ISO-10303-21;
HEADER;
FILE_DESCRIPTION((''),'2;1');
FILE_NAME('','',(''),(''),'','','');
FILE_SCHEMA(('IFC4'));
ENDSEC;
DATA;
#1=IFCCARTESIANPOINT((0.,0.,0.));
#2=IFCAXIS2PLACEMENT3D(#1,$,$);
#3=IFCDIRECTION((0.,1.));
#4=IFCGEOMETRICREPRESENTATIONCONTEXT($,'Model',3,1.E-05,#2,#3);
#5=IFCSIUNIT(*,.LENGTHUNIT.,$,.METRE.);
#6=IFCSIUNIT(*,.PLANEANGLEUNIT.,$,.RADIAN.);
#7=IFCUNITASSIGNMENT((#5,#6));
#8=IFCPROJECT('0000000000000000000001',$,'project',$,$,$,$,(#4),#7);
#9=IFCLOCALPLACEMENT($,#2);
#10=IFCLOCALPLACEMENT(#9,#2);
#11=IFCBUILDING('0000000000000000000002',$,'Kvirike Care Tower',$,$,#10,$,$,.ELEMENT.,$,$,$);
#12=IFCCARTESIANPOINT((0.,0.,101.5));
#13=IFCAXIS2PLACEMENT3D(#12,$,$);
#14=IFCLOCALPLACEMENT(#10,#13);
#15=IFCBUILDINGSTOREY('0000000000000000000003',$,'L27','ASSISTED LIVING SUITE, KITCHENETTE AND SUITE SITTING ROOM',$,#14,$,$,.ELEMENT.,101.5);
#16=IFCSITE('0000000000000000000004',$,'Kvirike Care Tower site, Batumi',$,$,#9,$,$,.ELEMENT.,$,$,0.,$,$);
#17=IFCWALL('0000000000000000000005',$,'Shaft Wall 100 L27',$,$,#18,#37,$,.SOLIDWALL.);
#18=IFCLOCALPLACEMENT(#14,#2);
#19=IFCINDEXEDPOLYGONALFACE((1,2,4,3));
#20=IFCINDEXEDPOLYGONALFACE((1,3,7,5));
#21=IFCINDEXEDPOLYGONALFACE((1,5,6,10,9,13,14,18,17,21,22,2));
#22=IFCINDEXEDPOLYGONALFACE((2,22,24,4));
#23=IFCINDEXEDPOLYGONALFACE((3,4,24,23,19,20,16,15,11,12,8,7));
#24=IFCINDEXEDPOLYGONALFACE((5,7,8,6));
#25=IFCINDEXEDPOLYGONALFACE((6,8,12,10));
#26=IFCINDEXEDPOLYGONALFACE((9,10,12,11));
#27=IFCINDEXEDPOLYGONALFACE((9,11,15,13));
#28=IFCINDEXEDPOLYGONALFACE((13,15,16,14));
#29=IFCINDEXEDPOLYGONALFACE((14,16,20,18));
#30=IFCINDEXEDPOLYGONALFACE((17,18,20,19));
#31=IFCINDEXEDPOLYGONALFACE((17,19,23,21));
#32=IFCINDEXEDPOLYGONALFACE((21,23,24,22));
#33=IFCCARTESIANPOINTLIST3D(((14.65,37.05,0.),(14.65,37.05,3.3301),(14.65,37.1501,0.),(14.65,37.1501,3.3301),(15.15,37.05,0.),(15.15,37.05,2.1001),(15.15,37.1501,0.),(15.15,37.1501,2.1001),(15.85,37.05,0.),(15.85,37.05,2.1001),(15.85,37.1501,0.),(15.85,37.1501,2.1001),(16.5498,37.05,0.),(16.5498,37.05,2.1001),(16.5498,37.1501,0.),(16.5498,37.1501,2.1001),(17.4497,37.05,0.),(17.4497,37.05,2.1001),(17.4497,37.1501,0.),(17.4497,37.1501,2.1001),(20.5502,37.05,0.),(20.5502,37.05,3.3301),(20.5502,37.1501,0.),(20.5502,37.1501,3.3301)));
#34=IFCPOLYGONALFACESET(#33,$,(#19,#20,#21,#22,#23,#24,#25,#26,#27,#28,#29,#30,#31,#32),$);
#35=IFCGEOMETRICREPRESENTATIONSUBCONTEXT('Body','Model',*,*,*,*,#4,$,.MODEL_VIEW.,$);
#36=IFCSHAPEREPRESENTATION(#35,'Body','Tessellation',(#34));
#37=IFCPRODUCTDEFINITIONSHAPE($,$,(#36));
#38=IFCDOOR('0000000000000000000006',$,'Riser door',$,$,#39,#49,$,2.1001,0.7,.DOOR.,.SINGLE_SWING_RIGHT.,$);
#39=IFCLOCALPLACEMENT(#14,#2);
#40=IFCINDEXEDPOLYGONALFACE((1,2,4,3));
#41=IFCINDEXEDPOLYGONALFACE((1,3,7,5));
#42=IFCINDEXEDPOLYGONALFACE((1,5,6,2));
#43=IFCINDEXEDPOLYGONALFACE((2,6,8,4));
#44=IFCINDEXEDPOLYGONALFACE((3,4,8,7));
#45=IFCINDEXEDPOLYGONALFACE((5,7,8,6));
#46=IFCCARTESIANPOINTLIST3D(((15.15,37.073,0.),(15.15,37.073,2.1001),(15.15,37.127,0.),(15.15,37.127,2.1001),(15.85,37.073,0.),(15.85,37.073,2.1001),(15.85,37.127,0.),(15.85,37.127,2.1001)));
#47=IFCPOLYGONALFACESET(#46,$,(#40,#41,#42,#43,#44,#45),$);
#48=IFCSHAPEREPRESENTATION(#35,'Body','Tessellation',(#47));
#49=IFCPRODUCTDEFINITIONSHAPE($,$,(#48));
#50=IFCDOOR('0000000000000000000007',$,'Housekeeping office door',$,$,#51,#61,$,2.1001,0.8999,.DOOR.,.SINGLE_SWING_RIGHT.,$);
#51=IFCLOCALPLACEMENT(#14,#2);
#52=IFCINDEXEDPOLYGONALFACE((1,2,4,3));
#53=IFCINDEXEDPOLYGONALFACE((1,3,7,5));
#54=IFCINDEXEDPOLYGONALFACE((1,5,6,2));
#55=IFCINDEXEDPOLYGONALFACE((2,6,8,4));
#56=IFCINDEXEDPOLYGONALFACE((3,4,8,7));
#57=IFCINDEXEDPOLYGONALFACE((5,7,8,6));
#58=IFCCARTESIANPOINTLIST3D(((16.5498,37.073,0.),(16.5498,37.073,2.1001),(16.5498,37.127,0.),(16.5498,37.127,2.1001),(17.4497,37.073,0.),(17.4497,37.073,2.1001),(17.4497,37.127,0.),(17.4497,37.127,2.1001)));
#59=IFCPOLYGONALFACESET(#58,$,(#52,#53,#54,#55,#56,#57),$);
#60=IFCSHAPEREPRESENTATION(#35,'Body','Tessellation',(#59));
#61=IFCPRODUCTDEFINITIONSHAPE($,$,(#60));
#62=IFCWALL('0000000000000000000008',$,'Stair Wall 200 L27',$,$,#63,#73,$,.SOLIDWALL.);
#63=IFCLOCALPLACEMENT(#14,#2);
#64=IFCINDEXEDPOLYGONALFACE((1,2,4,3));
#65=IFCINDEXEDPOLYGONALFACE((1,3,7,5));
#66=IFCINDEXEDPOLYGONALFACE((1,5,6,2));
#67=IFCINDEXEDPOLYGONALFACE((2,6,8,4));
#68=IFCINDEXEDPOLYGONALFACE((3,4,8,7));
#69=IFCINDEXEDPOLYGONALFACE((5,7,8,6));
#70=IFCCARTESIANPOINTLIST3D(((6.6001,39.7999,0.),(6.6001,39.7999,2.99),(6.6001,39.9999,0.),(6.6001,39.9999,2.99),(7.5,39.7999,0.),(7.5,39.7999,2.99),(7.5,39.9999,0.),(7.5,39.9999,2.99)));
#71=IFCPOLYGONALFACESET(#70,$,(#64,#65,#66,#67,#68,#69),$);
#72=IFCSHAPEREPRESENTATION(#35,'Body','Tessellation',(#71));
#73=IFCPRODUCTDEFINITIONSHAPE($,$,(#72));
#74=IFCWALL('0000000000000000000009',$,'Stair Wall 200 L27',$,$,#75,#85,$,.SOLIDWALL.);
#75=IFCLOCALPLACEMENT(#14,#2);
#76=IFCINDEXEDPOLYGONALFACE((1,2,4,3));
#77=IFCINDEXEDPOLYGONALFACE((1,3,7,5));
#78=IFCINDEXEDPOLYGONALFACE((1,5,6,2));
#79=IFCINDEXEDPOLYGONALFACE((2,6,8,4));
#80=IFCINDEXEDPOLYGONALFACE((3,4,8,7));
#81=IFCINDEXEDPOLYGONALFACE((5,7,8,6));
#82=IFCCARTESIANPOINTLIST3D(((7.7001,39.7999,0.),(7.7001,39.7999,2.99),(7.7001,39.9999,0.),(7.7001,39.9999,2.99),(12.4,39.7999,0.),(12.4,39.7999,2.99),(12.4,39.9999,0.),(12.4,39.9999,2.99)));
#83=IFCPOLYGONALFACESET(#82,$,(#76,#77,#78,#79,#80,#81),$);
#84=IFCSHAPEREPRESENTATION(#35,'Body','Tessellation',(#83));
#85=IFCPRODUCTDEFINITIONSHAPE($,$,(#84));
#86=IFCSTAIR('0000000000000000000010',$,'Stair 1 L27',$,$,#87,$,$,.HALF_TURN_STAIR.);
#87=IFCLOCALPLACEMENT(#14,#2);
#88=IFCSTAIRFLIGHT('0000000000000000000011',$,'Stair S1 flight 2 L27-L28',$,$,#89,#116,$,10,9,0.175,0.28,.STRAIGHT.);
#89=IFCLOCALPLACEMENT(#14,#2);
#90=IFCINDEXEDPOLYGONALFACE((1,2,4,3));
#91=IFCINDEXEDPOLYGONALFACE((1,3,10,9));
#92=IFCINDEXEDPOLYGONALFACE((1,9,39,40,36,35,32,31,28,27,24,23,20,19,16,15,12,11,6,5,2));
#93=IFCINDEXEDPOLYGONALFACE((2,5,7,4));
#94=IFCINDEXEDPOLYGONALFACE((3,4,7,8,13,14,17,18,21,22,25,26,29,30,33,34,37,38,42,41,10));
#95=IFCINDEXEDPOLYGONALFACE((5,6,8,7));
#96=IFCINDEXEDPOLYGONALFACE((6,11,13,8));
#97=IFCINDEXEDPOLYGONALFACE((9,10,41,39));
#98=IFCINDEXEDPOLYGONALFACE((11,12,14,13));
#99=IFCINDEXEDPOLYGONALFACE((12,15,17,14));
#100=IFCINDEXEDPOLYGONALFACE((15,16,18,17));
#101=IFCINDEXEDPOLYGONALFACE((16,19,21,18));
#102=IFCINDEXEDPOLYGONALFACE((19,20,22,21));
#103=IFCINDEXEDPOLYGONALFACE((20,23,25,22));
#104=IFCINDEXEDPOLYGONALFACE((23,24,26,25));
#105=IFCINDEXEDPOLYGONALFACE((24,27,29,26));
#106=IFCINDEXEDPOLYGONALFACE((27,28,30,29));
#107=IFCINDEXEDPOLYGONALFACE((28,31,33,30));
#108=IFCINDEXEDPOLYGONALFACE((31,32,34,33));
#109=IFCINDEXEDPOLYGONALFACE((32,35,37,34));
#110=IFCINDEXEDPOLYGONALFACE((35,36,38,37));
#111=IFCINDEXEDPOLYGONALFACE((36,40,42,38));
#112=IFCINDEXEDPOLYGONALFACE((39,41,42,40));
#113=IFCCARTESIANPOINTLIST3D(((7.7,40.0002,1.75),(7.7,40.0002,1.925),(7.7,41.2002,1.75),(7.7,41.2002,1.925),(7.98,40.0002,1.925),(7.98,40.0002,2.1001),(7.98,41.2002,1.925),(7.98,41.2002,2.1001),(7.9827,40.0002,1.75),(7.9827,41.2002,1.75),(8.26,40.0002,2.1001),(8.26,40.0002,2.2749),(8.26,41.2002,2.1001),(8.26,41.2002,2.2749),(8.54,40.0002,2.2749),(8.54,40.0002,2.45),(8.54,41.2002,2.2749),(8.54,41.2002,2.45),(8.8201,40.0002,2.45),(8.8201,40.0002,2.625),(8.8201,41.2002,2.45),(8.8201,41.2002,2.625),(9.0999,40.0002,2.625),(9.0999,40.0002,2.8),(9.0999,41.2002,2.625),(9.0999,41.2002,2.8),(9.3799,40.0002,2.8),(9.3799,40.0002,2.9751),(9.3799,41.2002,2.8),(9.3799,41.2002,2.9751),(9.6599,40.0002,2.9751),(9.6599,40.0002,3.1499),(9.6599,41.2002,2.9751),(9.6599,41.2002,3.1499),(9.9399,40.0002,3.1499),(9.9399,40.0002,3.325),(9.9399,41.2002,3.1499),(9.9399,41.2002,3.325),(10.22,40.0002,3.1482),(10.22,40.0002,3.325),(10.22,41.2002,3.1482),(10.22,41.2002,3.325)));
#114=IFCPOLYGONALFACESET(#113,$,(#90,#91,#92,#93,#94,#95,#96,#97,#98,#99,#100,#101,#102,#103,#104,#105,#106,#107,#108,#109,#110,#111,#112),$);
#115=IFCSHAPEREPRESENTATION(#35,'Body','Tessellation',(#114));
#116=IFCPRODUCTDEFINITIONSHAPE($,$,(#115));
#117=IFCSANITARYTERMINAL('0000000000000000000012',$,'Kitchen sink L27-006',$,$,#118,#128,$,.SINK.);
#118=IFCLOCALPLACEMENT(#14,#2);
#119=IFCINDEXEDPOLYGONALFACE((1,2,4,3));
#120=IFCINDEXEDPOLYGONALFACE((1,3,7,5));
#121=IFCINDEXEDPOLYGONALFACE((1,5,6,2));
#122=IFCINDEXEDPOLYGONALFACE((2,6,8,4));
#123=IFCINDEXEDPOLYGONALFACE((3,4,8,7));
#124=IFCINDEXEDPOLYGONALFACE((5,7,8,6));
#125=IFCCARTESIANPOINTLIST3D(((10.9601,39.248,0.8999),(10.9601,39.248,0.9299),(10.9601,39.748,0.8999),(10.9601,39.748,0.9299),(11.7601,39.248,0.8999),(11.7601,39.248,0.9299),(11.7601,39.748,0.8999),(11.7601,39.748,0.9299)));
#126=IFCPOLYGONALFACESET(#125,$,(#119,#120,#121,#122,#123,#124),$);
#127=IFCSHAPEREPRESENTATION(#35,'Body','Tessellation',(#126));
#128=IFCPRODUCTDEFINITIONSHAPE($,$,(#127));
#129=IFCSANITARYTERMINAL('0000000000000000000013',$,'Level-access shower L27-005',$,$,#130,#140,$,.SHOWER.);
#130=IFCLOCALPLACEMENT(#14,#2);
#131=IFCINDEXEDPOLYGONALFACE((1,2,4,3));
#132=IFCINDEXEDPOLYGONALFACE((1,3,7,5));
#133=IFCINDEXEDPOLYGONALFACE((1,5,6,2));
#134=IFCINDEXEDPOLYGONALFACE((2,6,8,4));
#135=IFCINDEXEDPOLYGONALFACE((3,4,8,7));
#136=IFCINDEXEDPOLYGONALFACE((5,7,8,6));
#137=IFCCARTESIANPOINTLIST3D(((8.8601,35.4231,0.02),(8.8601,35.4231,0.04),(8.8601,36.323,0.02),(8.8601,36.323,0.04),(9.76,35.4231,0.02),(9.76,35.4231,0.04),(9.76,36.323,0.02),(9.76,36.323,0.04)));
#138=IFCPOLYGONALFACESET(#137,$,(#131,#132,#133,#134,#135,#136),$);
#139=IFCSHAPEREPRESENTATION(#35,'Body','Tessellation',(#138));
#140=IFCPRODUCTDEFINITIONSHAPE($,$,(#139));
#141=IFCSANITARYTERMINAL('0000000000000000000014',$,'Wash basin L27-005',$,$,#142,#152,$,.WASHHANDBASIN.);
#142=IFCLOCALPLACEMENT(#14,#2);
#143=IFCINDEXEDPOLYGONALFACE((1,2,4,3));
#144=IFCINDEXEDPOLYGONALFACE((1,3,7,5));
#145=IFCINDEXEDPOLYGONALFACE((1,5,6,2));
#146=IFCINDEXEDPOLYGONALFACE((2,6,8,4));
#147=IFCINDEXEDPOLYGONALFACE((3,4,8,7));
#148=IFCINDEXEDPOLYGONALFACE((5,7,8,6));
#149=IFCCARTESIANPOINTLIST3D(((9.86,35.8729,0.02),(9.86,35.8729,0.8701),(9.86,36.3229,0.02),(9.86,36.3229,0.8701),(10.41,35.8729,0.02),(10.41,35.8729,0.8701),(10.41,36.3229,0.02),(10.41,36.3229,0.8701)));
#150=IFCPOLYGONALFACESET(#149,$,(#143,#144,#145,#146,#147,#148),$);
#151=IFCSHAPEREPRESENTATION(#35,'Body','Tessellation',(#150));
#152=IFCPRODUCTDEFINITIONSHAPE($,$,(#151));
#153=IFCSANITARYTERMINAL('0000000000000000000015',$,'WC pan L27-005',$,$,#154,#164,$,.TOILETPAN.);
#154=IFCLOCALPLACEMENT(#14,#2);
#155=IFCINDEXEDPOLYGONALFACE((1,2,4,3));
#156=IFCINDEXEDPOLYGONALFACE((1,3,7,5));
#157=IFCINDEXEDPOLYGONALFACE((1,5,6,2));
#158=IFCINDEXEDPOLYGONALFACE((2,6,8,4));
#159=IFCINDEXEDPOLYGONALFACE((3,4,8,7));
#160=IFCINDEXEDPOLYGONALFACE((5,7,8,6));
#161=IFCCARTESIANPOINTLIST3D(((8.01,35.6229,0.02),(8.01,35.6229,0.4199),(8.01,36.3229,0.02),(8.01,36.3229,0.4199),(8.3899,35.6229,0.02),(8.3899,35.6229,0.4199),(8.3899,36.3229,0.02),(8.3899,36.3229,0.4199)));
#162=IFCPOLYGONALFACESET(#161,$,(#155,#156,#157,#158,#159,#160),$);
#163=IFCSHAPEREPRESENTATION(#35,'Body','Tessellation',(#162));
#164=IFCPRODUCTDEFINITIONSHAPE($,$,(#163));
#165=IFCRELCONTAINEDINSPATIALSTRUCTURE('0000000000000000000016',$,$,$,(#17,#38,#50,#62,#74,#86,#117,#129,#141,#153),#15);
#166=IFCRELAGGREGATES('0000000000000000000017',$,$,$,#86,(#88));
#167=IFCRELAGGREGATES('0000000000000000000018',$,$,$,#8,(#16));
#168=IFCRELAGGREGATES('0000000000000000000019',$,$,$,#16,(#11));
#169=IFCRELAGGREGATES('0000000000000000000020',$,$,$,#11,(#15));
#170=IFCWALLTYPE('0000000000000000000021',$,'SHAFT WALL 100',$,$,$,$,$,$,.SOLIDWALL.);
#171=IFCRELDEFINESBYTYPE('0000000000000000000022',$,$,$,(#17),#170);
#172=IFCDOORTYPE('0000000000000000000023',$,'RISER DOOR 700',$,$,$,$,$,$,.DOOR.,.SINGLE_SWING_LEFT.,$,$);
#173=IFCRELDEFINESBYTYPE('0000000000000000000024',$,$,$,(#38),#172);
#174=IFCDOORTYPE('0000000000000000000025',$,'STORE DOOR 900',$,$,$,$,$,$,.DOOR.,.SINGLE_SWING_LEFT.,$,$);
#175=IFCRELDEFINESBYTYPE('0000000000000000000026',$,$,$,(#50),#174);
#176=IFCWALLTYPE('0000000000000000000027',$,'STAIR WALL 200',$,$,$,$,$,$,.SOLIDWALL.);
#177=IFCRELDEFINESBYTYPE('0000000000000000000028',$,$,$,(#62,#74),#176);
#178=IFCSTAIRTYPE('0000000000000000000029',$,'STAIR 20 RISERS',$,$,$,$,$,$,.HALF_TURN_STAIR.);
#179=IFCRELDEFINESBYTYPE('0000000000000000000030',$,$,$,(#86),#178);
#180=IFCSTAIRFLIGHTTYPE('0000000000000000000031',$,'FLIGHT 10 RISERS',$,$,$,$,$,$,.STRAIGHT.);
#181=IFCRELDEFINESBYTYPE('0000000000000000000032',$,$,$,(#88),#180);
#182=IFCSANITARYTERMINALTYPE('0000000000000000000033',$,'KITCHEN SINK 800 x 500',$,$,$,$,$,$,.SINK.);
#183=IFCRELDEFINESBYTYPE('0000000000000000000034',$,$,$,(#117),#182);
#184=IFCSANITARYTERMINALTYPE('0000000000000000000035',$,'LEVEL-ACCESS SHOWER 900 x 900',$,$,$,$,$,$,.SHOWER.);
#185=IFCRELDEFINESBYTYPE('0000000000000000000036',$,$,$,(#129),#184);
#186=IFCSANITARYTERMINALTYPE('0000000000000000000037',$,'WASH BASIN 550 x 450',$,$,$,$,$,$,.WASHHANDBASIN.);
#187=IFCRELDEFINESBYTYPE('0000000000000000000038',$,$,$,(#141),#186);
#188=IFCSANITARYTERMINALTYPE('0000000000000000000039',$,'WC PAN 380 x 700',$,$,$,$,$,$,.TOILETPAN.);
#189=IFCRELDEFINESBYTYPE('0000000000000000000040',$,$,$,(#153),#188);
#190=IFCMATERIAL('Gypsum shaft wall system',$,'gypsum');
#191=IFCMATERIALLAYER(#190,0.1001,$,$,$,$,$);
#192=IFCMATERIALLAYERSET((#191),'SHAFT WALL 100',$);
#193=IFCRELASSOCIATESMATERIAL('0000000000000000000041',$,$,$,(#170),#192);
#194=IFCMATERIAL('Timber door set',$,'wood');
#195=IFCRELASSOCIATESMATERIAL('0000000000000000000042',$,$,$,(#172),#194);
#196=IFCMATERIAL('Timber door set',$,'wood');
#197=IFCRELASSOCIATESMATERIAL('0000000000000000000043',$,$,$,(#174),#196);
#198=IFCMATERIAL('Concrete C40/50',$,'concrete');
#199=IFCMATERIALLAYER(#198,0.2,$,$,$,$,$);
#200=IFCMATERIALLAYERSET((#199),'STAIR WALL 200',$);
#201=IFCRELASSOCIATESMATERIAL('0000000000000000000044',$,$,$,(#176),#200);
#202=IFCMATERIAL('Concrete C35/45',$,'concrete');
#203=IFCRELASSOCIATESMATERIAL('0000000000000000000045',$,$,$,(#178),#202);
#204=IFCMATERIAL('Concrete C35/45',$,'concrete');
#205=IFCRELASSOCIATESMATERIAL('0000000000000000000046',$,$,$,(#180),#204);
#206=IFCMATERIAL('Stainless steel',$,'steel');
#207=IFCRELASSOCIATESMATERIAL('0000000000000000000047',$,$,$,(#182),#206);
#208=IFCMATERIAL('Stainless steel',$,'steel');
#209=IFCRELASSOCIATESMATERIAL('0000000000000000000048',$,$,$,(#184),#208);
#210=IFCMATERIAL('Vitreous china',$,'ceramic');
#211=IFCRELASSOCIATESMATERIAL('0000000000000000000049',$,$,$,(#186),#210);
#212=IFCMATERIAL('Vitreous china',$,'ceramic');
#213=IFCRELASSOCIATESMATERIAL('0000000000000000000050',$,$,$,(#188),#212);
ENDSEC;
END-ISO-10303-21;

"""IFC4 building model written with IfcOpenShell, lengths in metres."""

from ifc_helpers import new_model, si_unit, direction, frame, frame_2d, origin, origin_2d, place, context, subcontext, project, spatial, polyline, rectangle, outline, extrude, material, layer, layer_set, type_object, element, fill, aggregate, save


model = new_model("IFC4")

# Units and contexts
model_context = context("Model", 3, precision=1e-05, world=origin(), true_north=direction((0.0, 1.0)))
body_context = subcontext(model_context, "Body", "Model", "MODEL_VIEW")
ifc_project = project(units=[si_unit("LENGTHUNIT", "METRE"), si_unit("PLANEANGLEUNIT", "RADIAN")], contexts=[model_context])

# Site, building, storey
site_placement = place(None, origin())
site = spatial("IfcSite", under=ifc_project, at=site_placement, Name="Kvirike Care Tower site, Batumi", CompositionType="ELEMENT", RefElevation=0.0)
building_placement = place(site_placement, origin())
building = spatial("IfcBuilding", under=site, at=building_placement, Name="Kvirike Care Tower", CompositionType="ELEMENT")
storey_placement = place(building_placement, frame((0.0, 0.0, 101.5)))
storey = spatial("IfcBuildingStorey", under=building, at=storey_placement, Name="L27", Description="ASSISTED LIVING SUITE, KITCHENETTE AND SUITE SITTING ROOM", CompositionType="ELEMENT", Elevation=101.5)

# Shared definitions
ifc_material_1 = material(Name="Gypsum shaft wall system", Category="gypsum")
ifc_layer_1 = layer(ifc_material_1, 0.1001)
ifc_layer_set_1 = layer_set([ifc_layer_1], Name="SHAFT WALL 100")
wall_type_1 = type_object("IfcWallType", Name="SHAFT WALL 100", PredefinedType="SOLIDWALL", material=ifc_layer_set_1)
ifc_material_2 = material(Name="Timber door set", Category="wood")
door_type_1 = type_object("IfcDoorType", Name="RISER DOOR 700", OperationType="SINGLE_SWING_LEFT", PredefinedType="DOOR", material=ifc_material_2)

# Wall, openings, doors
wall_1_placement = place(storey_placement, frame((14.6499, 37.1001, 0.0), z_axis=(0.0, 0.0, 1.0), x_axis=(1.0, 0.0, 0.0)))
wall_1 = element("IfcWall", 1, at=wall_1_placement, inside=storey, type_object=wall_type_1, Name="Shaft Wall 100 L27", PredefinedType="SOLIDWALL", context=body_context, shape_type="SweptSolid", body=[
    extrude(rectangle(XDim=5.9001, YDim=0.1001, at=frame_2d((2.9502, 0.0))), origin(), (0.0, 0.0, 1.0), 3.3301),
])
opening_1_placement = place(wall_1_placement, frame((0.5, 0.0, 0.0)))
opening_1 = element("IfcOpeningElement", 2, at=opening_1_placement, cuts=wall_1, PredefinedType="OPENING", context=body_context, shape_type="SweptSolid", body=[
    extrude(rectangle(XDim=0.7, YDim=2.1001, at=frame_2d((0.3501, 1.05))), frame((0.0, 0.0605, 0.0), z_axis=(0.0, -1.0, 0.0), x_axis=(1.0, 0.0, 0.0)), (0.0, 0.0, 1.0), 0.1211),
])
opening_2_placement = place(wall_1_placement, frame((1.8999, 0.0, 0.0)))
opening_2 = element("IfcOpeningElement", 3, at=opening_2_placement, cuts=wall_1, PredefinedType="OPENING", context=body_context, shape_type="SweptSolid", body=[
    extrude(rectangle(XDim=0.8999, YDim=2.1001, at=frame_2d((0.45, 1.05))), frame((0.0, 0.0605, 0.0), z_axis=(0.0, -1.0, 0.0), x_axis=(1.0, 0.0, 0.0)), (0.0, 0.0, 1.0), 0.1211),
])
door_1_placement = place(opening_1_placement, origin())
door_1 = element("IfcDoor", 4, at=door_1_placement, inside=storey, type_object=door_type_1, Name="Riser door", OperationType="SINGLE_SWING_RIGHT", OverallHeight=2.1001, OverallWidth=0.7, PredefinedType="DOOR", context=body_context, shape_type="SweptSolid", body=[
    extrude(rectangle(XDim=0.7, YDim=2.1001, at=frame_2d((0.3501, 1.05))), frame((0.0, 0.0269, 0.0), z_axis=(0.0, -1.0, 0.0), x_axis=(1.0, 0.0, 0.0)), (0.0, 0.0, 1.0), 0.054),
])
fill(opening_1, door_1)
ifc_material_3 = material(Name="Timber door set", Category="wood")
door_type_2 = type_object("IfcDoorType", Name="STORE DOOR 900", OperationType="SINGLE_SWING_LEFT", PredefinedType="DOOR", material=ifc_material_3)
door_2_placement = place(opening_2_placement, origin())
door_2 = element("IfcDoor", 5, at=door_2_placement, inside=storey, type_object=door_type_2, Name="Housekeeping office door", OperationType="SINGLE_SWING_RIGHT", OverallHeight=2.1001, OverallWidth=0.8999, PredefinedType="DOOR", context=body_context, shape_type="SweptSolid", body=[
    extrude(rectangle(XDim=0.8999, YDim=2.1001, at=frame_2d((0.45, 1.05))), frame((0.0, 0.0269, 0.0), z_axis=(0.0, -1.0, 0.0), x_axis=(1.0, 0.0, 0.0)), (0.0, 0.0, 1.0), 0.054),
])
fill(opening_2, door_2)

# Walls
ifc_material_4 = material(Name="Concrete C40/50", Category="concrete")
ifc_layer_2 = layer(ifc_material_4, 0.2)
ifc_layer_set_2 = layer_set([ifc_layer_2], Name="STAIR WALL 200")
wall_type_2 = type_object("IfcWallType", Name="STAIR WALL 200", PredefinedType="SOLIDWALL", material=ifc_layer_set_2)
wall_2_placement = place(storey_placement, frame((6.6001, 39.8999, 0.0), z_axis=(0.0, 0.0, 1.0), x_axis=(1.0, 0.0, 0.0)))
element("IfcWall", 6, at=wall_2_placement, inside=storey, type_object=wall_type_2, Name="Stair Wall 200 L27", PredefinedType="SOLIDWALL", context=body_context, shape_type="SweptSolid", body=[
    extrude(rectangle(XDim=0.8999, YDim=0.2, at=frame_2d((0.45, 0.0))), origin(), (0.0, 0.0, 1.0), 2.99),
])
wall_3_placement = place(storey_placement, frame((7.7, 39.8999, 0.0), z_axis=(0.0, 0.0, 1.0), x_axis=(1.0, 0.0, 0.0)))
element("IfcWall", 7, at=wall_3_placement, inside=storey, type_object=wall_type_2, Name="Stair Wall 200 L27", PredefinedType="SOLIDWALL", context=body_context, shape_type="SweptSolid", body=[
    extrude(rectangle(XDim=4.7, YDim=0.2, at=frame_2d((2.3501, 0.0))), origin(), (0.0, 0.0, 1.0), 2.99),
])

# Stair, stair flight
ifc_material_5 = material(Name="Concrete C35/45", Category="concrete")
stair_type = type_object("IfcStairType", Name="STAIR 20 RISERS", PredefinedType="HALF_TURN_STAIR", material=ifc_material_5)
stair_placement = place(storey_placement, origin())
stair = element("IfcStair", 8, at=stair_placement, inside=storey, type_object=stair_type, Name="Stair 1 L27", PredefinedType="HALF_TURN_STAIR")
ifc_material_6 = material(Name="Concrete C35/45", Category="concrete")
stair_flight_type = type_object("IfcStairFlightType", Name="FLIGHT 10 RISERS", PredefinedType="STRAIGHT", material=ifc_material_6)
stair_flight_placement = place(storey_placement, frame((7.7, 40.6001, 1.75), z_axis=(0.0, 0.0, 1.0), x_axis=(1.0, 0.0, 0.0)))
stair_flight = element("IfcStairFlight", 9, at=stair_flight_placement, type_object=stair_flight_type, Name="Stair S1 flight 2 L27-L28", NumberOfRisers=10, NumberOfTreads=9, PredefinedType="STRAIGHT", RiserHeight=0.175, TreadLength=0.28, context=body_context, shape_type="SweptSolid", body=[
    extrude(outline(polyline([(0.0, 0.0), (0.0, 0.175), (0.28, 0.175), (0.28, 0.3501), (0.5601, 0.3501), (0.5601, 0.5249), (0.8401, 0.5249), (0.8401, 0.7), (1.1201, 0.7), (1.1201, 0.875), (1.3999, 0.875), (1.3999, 1.05), (1.6799, 1.05), (1.6799, 1.2251), (1.96, 1.2251), (1.96, 1.3999), (2.24, 1.3999), (2.24, 1.575), (2.52, 1.575), (2.52, 1.75), (2.52, 1.3982), (0.2827, 0.0), (0.0, 0.0)])), frame((0.0, 0.6001, 0.0), z_axis=(0.0, -1.0, 0.0), x_axis=(1.0, 0.0, 0.0)), (0.0, 0.0, 1.0), 1.2),
])
aggregate(stair, [stair_flight])

# Sanitary terminals
ifc_material_7 = material(Name="Stainless steel", Category="steel")
sanitary_terminal_type_1 = type_object("IfcSanitaryTerminalType", Name="KITCHEN SINK 800 x 500", PredefinedType="SINK", material=ifc_material_7)
sanitary_terminal_1_placement = place(storey_placement, frame((11.3601, 39.498, 0.8999), z_axis=(0.0, 0.0, 1.0), x_axis=(1.0, 0.0, 0.0)))
element("IfcSanitaryTerminal", 10, at=sanitary_terminal_1_placement, inside=storey, type_object=sanitary_terminal_type_1, Name="Kitchen sink L27-006", PredefinedType="SINK", context=body_context, shape_type="SweptSolid", body=[
    extrude(rectangle(XDim=0.8, YDim=0.5, at=origin_2d()), origin(), (0.0, 0.0, 1.0), 0.03),
])
ifc_material_8 = material(Name="Stainless steel", Category="steel")
sanitary_terminal_type_2 = type_object("IfcSanitaryTerminalType", Name="LEVEL-ACCESS SHOWER 900 x 900", PredefinedType="SHOWER", material=ifc_material_8)
sanitary_terminal_2_placement = place(storey_placement, frame((9.3101, 35.873, 0.02), z_axis=(0.0, 0.0, 1.0), x_axis=(1.0, 0.0, 0.0)))
element("IfcSanitaryTerminal", 11, at=sanitary_terminal_2_placement, inside=storey, type_object=sanitary_terminal_type_2, Name="Level-access shower L27-005", PredefinedType="SHOWER", context=body_context, shape_type="SweptSolid", body=[
    extrude(rectangle(XDim=0.8999, YDim=0.8999, at=origin_2d()), origin(), (0.0, 0.0, 1.0), 0.02),
])
ifc_material_9 = material(Name="Vitreous china", Category="ceramic")
sanitary_terminal_type_3 = type_object("IfcSanitaryTerminalType", Name="WASH BASIN 550 x 450", PredefinedType="WASHHANDBASIN", material=ifc_material_9)
sanitary_terminal_3_placement = place(storey_placement, frame((10.135, 36.0979, 0.02), z_axis=(0.0, 0.0, 1.0), x_axis=(1.0, 0.0, 0.0)))
element("IfcSanitaryTerminal", 12, at=sanitary_terminal_3_placement, inside=storey, type_object=sanitary_terminal_type_3, Name="Wash basin L27-005", PredefinedType="WASHHANDBASIN", context=body_context, shape_type="SweptSolid", body=[
    extrude(rectangle(XDim=0.55, YDim=0.45, at=origin_2d()), origin(), (0.0, 0.0, 1.0), 0.8501),
])
ifc_material_10 = material(Name="Vitreous china", Category="ceramic")
sanitary_terminal_type_4 = type_object("IfcSanitaryTerminalType", Name="WC PAN 380 x 700", PredefinedType="TOILETPAN", material=ifc_material_10)
sanitary_terminal_4_placement = place(storey_placement, frame((8.2, 35.9729, 0.02), z_axis=(0.0, 0.0, 1.0), x_axis=(1.0, 0.0, 0.0)))
element("IfcSanitaryTerminal", 13, at=sanitary_terminal_4_placement, inside=storey, type_object=sanitary_terminal_type_4, Name="WC pan L27-005", PredefinedType="TOILETPAN", context=body_context, shape_type="SweptSolid", body=[
    extrude(rectangle(XDim=0.3799, YDim=0.7, at=origin_2d()), origin(), (0.0, 0.0, 1.0), 0.3999),
])

save(model, "model.ifc")
